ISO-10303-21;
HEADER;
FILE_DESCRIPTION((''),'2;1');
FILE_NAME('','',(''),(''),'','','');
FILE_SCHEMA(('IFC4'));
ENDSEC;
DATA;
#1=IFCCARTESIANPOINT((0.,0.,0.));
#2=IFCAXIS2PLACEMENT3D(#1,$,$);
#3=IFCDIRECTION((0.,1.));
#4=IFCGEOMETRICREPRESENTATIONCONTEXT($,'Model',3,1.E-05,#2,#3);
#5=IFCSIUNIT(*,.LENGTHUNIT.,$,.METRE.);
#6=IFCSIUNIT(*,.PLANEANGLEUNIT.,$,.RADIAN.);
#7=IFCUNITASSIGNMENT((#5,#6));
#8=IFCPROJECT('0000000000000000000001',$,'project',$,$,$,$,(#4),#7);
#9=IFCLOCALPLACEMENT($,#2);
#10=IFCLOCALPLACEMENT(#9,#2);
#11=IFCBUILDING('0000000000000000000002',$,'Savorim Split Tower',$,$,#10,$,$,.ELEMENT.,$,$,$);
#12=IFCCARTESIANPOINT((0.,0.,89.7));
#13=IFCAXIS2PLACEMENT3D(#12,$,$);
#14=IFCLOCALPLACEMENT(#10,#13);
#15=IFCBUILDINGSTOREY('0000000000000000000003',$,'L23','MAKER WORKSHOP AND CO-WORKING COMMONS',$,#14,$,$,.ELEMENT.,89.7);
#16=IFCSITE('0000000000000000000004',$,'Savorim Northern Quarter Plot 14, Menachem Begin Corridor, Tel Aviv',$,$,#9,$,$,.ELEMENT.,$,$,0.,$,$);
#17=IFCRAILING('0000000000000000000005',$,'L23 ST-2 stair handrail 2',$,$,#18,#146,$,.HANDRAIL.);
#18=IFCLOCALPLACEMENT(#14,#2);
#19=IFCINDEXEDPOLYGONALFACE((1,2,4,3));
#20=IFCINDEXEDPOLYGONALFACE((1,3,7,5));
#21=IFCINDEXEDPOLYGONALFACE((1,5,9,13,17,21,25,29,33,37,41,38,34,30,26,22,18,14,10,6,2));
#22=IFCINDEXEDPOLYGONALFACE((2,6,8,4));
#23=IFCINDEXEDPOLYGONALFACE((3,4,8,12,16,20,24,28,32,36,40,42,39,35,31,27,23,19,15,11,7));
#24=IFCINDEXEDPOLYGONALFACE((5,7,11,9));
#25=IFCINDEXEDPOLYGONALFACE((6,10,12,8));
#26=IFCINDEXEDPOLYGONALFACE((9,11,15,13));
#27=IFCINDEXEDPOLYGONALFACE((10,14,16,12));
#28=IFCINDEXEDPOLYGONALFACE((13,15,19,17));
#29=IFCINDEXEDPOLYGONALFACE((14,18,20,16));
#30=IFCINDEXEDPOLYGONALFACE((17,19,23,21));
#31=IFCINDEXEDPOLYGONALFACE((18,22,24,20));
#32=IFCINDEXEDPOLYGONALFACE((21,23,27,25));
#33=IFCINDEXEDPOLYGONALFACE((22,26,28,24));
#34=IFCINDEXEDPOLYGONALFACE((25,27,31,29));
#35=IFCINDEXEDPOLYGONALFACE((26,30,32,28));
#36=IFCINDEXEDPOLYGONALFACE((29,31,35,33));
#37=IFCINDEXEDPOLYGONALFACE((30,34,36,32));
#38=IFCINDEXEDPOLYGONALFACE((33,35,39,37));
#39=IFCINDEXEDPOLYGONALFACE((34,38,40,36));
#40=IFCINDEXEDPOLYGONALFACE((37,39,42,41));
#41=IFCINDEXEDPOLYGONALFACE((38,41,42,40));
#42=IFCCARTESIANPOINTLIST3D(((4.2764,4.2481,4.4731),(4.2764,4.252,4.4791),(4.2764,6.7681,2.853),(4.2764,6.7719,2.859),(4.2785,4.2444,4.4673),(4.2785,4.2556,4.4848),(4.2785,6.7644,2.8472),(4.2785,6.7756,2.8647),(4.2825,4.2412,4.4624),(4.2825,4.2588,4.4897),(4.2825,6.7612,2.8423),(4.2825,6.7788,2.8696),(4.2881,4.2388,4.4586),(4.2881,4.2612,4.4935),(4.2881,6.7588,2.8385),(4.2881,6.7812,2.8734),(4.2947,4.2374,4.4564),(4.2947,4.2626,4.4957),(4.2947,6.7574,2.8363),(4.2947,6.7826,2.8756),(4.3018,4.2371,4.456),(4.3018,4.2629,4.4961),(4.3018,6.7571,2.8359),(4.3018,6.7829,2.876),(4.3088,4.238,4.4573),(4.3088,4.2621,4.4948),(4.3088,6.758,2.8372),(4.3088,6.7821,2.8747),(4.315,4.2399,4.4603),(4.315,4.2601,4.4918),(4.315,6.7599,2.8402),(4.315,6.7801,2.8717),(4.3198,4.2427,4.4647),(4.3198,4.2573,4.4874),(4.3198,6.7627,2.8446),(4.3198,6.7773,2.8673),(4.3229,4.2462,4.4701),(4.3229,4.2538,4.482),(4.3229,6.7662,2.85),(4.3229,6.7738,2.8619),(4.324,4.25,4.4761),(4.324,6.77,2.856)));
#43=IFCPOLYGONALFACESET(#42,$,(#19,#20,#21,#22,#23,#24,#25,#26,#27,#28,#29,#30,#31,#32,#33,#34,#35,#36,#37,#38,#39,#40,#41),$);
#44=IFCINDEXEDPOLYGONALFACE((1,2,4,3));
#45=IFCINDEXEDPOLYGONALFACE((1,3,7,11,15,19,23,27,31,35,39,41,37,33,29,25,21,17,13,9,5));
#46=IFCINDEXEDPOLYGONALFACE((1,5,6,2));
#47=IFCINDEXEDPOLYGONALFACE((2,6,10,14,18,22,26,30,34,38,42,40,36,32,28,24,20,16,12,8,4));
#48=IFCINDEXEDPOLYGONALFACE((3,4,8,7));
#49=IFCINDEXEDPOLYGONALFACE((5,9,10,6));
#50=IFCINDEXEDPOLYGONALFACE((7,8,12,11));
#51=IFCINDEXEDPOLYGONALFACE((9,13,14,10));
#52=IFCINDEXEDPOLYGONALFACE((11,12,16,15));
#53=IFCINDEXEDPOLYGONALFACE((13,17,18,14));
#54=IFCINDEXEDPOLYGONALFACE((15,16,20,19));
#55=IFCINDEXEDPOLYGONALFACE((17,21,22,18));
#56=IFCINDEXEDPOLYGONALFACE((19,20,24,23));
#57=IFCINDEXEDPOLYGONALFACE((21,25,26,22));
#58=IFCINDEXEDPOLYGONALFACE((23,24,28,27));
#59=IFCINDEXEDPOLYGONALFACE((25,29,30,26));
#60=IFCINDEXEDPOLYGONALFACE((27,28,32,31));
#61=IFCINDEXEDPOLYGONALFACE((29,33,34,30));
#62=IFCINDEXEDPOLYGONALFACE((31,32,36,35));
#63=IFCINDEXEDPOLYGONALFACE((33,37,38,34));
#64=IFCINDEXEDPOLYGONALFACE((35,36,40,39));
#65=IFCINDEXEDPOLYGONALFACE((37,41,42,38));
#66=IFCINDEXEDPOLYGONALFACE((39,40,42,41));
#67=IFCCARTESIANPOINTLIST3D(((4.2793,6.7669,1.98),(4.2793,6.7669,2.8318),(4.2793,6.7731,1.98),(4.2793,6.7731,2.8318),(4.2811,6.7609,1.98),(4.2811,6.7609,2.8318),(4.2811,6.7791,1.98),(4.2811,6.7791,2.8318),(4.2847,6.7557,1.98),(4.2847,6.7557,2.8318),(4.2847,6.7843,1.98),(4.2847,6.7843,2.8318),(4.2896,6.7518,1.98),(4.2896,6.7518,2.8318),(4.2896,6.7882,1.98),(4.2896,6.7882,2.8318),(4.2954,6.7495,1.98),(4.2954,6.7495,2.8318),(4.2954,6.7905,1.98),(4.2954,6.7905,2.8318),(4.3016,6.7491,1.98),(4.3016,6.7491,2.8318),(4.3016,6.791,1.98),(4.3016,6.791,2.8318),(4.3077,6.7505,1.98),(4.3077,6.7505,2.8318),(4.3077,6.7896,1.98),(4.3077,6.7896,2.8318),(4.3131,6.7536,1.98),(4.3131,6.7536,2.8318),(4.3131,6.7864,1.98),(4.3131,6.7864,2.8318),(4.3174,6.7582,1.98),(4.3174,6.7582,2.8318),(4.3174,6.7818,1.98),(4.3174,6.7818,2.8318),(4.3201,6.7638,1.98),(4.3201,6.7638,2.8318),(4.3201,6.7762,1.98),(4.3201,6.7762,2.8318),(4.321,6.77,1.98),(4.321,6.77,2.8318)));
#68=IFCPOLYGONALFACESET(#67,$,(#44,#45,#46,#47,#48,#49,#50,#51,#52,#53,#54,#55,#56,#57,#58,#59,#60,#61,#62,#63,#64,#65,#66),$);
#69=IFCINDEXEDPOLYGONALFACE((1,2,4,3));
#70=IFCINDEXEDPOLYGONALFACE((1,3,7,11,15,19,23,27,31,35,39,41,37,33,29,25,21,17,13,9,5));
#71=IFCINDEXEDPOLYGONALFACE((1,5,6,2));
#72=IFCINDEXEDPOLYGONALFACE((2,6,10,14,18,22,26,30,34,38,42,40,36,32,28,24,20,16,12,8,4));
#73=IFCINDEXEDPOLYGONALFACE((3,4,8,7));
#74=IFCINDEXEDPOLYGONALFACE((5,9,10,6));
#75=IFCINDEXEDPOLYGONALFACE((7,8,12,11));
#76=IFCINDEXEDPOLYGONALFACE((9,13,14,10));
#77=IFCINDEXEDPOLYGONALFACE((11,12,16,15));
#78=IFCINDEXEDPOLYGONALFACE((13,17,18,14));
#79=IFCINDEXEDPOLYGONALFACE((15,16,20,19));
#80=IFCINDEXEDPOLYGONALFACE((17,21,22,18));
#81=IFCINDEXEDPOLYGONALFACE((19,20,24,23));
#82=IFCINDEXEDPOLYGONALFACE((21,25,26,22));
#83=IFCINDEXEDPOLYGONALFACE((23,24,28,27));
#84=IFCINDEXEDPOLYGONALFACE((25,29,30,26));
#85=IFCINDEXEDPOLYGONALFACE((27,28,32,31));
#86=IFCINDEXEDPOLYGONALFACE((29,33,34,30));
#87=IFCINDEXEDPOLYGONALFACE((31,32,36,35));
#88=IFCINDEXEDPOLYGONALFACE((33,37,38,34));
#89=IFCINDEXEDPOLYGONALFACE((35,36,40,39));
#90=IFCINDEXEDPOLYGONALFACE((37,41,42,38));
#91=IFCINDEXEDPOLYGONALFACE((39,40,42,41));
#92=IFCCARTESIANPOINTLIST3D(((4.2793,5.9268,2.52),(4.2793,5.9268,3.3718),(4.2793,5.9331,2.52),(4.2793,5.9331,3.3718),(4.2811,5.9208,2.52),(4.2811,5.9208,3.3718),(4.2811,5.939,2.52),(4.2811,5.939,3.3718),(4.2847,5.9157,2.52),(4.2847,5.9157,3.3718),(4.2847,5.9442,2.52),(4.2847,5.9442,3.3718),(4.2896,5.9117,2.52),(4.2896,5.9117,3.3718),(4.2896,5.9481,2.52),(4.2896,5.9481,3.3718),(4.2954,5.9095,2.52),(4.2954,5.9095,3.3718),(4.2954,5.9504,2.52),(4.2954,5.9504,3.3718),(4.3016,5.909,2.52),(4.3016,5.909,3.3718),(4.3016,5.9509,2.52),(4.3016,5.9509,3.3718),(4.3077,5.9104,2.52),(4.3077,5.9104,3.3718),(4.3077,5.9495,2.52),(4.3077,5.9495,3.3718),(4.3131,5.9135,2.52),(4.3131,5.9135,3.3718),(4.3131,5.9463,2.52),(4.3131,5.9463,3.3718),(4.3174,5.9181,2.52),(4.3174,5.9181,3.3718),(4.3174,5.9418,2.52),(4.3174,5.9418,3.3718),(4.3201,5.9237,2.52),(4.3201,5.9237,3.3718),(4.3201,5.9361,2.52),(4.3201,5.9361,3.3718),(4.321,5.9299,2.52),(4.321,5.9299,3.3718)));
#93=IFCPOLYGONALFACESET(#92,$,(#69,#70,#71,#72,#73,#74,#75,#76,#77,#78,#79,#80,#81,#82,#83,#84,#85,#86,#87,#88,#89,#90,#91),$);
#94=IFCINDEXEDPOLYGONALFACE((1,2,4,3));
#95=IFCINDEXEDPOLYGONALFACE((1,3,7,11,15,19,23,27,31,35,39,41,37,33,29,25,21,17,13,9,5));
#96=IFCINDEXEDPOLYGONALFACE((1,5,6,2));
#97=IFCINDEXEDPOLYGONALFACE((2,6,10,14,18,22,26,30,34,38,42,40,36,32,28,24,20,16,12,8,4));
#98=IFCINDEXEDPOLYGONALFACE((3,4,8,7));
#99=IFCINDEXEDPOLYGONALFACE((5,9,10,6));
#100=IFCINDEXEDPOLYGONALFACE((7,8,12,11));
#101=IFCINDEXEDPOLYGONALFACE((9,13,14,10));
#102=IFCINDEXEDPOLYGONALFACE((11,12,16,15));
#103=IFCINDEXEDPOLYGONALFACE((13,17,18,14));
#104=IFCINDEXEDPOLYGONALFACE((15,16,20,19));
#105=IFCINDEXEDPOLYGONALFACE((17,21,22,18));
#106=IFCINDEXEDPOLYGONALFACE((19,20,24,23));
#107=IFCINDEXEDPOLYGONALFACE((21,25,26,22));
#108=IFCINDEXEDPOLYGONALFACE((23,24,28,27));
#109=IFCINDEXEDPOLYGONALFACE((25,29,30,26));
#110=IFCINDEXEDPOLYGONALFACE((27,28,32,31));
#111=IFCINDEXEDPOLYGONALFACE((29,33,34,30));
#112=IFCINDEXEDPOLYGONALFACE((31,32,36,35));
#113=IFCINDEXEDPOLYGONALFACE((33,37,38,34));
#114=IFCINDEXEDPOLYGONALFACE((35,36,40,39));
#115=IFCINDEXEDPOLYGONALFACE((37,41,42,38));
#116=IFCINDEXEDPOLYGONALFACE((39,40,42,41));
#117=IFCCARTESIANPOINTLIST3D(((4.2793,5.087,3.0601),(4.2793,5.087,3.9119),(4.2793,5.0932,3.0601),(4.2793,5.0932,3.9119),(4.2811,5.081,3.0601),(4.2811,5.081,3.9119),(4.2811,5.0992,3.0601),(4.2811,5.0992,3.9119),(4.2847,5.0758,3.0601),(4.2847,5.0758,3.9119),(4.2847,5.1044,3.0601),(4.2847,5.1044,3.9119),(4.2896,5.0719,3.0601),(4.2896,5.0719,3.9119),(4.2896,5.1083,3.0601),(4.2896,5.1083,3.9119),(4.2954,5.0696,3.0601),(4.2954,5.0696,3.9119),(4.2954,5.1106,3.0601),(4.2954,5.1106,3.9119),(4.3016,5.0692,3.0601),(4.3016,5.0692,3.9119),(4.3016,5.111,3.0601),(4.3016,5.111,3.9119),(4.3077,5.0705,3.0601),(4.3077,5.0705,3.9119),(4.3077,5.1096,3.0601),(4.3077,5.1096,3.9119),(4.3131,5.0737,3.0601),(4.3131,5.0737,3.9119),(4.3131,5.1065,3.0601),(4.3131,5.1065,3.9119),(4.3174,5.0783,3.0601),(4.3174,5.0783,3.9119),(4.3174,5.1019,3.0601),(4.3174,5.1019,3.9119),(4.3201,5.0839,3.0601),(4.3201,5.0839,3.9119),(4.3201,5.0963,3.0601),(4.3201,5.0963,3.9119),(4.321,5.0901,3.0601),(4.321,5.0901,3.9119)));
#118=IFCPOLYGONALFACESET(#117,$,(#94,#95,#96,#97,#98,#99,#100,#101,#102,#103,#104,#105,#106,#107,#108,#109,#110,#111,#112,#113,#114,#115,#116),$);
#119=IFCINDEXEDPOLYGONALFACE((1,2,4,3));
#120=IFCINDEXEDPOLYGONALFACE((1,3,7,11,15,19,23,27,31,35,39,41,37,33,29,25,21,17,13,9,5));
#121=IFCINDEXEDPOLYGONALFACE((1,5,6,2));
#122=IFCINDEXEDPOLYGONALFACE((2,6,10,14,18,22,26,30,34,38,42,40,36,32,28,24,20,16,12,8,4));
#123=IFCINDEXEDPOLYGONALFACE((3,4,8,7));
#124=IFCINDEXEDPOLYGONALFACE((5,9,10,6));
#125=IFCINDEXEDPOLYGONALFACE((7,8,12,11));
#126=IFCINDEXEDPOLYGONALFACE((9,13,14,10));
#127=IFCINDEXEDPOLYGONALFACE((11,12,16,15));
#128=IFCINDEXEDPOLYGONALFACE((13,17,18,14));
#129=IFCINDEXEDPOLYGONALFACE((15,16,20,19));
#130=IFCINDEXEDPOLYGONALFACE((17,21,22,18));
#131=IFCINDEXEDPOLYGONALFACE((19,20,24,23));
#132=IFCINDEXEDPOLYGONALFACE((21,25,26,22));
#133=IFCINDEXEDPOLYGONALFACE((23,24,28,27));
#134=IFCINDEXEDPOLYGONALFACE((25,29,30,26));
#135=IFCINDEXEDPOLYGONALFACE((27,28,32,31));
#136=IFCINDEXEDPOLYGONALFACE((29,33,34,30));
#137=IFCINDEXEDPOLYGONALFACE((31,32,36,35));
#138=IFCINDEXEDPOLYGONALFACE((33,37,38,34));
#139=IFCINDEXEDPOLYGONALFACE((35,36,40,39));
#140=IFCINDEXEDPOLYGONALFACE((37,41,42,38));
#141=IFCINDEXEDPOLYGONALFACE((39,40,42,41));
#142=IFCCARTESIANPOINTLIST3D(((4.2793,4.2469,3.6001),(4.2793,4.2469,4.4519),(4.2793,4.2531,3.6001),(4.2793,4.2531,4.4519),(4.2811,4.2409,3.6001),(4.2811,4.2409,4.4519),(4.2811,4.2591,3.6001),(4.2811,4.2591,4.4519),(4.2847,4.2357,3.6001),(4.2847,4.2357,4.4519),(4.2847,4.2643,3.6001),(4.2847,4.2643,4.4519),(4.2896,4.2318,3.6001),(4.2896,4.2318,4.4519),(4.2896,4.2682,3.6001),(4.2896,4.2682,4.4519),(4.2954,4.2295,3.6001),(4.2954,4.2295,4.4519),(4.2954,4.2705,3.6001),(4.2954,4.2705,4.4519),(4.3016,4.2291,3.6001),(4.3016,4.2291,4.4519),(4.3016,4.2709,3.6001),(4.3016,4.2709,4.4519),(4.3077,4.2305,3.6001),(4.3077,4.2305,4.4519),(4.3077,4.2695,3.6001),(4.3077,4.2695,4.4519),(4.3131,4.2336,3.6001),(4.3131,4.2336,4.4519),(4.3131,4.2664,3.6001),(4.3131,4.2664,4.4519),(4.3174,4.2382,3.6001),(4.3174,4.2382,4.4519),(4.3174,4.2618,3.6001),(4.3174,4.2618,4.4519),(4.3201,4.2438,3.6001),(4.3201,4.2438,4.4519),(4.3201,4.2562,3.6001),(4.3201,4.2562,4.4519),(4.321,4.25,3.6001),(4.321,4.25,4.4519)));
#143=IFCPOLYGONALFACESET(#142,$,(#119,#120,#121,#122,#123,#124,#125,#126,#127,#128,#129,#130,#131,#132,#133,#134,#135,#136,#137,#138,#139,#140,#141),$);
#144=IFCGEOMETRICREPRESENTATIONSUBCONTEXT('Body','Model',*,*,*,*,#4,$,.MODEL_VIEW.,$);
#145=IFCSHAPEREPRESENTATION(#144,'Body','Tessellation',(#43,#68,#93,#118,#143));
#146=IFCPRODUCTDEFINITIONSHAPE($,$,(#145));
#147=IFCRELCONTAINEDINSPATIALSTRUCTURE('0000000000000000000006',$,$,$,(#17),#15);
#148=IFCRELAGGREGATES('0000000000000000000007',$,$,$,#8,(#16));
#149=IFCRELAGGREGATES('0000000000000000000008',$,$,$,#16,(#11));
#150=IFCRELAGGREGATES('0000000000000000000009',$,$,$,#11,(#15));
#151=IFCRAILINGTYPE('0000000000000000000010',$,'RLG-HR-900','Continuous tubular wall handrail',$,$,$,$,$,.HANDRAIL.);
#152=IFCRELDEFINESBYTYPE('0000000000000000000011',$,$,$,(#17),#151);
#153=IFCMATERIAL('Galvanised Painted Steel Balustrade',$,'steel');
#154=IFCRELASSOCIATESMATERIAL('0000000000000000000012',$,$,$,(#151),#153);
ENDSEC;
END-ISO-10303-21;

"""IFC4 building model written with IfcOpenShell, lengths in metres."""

from ifc_helpers import new_model, si_unit, direction, frame, origin, origin_2d, place, context, subcontext, project, spatial, circle, extrude, material, type_object, element, save


model = new_model("IFC4")

# Units and contexts
model_context = context("Model", 3, precision=1e-05, world=origin(), true_north=direction((0.0, 1.0)))
body_context = subcontext(model_context, "Body", "Model", "MODEL_VIEW")
ifc_project = project(units=[si_unit("LENGTHUNIT", "METRE"), si_unit("PLANEANGLEUNIT", "RADIAN")], contexts=[model_context])

# Site, building, storey
site_placement = place(None, origin())
site = spatial("IfcSite", under=ifc_project, at=site_placement, Name="Savorim Northern Quarter Plot 14, Menachem Begin Corridor, Tel Aviv", CompositionType="ELEMENT", RefElevation=0.0)
building_placement = place(site_placement, origin())
building = spatial("IfcBuilding", under=site, at=building_placement, Name="Savorim Split Tower", CompositionType="ELEMENT")
storey_placement = place(building_placement, frame((0.0, 0.0, 89.7)))
storey = spatial("IfcBuildingStorey", under=building, at=storey_placement, Name="L23", Description="MAKER WORKSHOP AND CO-WORKING COMMONS", CompositionType="ELEMENT", Elevation=89.7)

# Railing
ifc_material_1 = material(Name="Galvanised Painted Steel Balustrade", Category="steel")
railing_type_1 = type_object("IfcRailingType", Name="RLG-HR-900", Description="Continuous tubular wall handrail", PredefinedType="HANDRAIL", material=ifc_material_1)
railing_1_placement = place(storey_placement, frame((4.3, 6.77, 1.98)))
element("IfcRailing", 1, at=railing_1_placement, inside=storey, type_object=railing_type_1, Name="L23 ST-2 stair handrail 2", PredefinedType="HANDRAIL", context=body_context, shape_type="SweptSolid", body=[
    extrude(circle(Radius=0.0239, at=origin_2d()), frame((0.0, 0.0, 0.876), z_axis=(0.0, -0.841163, 0.540782), x_axis=(1.0, 0.0, 0.0)), (0.0, 0.0, 1.0), 2.9958),
    extrude(circle(Radius=0.021, at=origin_2d()), origin(), (0.0, 0.0, 1.0), 0.8518),
    extrude(circle(Radius=0.021, at=origin_2d()), frame((0.0, -0.8401, 0.54)), (0.0, 0.0, 1.0), 0.8518),
    extrude(circle(Radius=0.021, at=origin_2d()), frame((0.0, -1.6799, 1.0801)), (0.0, 0.0, 1.0), 0.8518),
    extrude(circle(Radius=0.021, at=origin_2d()), frame((0.0, -2.52, 1.6201)), (0.0, 0.0, 1.0), 0.8518),
])

save(model, "model.ifc")
